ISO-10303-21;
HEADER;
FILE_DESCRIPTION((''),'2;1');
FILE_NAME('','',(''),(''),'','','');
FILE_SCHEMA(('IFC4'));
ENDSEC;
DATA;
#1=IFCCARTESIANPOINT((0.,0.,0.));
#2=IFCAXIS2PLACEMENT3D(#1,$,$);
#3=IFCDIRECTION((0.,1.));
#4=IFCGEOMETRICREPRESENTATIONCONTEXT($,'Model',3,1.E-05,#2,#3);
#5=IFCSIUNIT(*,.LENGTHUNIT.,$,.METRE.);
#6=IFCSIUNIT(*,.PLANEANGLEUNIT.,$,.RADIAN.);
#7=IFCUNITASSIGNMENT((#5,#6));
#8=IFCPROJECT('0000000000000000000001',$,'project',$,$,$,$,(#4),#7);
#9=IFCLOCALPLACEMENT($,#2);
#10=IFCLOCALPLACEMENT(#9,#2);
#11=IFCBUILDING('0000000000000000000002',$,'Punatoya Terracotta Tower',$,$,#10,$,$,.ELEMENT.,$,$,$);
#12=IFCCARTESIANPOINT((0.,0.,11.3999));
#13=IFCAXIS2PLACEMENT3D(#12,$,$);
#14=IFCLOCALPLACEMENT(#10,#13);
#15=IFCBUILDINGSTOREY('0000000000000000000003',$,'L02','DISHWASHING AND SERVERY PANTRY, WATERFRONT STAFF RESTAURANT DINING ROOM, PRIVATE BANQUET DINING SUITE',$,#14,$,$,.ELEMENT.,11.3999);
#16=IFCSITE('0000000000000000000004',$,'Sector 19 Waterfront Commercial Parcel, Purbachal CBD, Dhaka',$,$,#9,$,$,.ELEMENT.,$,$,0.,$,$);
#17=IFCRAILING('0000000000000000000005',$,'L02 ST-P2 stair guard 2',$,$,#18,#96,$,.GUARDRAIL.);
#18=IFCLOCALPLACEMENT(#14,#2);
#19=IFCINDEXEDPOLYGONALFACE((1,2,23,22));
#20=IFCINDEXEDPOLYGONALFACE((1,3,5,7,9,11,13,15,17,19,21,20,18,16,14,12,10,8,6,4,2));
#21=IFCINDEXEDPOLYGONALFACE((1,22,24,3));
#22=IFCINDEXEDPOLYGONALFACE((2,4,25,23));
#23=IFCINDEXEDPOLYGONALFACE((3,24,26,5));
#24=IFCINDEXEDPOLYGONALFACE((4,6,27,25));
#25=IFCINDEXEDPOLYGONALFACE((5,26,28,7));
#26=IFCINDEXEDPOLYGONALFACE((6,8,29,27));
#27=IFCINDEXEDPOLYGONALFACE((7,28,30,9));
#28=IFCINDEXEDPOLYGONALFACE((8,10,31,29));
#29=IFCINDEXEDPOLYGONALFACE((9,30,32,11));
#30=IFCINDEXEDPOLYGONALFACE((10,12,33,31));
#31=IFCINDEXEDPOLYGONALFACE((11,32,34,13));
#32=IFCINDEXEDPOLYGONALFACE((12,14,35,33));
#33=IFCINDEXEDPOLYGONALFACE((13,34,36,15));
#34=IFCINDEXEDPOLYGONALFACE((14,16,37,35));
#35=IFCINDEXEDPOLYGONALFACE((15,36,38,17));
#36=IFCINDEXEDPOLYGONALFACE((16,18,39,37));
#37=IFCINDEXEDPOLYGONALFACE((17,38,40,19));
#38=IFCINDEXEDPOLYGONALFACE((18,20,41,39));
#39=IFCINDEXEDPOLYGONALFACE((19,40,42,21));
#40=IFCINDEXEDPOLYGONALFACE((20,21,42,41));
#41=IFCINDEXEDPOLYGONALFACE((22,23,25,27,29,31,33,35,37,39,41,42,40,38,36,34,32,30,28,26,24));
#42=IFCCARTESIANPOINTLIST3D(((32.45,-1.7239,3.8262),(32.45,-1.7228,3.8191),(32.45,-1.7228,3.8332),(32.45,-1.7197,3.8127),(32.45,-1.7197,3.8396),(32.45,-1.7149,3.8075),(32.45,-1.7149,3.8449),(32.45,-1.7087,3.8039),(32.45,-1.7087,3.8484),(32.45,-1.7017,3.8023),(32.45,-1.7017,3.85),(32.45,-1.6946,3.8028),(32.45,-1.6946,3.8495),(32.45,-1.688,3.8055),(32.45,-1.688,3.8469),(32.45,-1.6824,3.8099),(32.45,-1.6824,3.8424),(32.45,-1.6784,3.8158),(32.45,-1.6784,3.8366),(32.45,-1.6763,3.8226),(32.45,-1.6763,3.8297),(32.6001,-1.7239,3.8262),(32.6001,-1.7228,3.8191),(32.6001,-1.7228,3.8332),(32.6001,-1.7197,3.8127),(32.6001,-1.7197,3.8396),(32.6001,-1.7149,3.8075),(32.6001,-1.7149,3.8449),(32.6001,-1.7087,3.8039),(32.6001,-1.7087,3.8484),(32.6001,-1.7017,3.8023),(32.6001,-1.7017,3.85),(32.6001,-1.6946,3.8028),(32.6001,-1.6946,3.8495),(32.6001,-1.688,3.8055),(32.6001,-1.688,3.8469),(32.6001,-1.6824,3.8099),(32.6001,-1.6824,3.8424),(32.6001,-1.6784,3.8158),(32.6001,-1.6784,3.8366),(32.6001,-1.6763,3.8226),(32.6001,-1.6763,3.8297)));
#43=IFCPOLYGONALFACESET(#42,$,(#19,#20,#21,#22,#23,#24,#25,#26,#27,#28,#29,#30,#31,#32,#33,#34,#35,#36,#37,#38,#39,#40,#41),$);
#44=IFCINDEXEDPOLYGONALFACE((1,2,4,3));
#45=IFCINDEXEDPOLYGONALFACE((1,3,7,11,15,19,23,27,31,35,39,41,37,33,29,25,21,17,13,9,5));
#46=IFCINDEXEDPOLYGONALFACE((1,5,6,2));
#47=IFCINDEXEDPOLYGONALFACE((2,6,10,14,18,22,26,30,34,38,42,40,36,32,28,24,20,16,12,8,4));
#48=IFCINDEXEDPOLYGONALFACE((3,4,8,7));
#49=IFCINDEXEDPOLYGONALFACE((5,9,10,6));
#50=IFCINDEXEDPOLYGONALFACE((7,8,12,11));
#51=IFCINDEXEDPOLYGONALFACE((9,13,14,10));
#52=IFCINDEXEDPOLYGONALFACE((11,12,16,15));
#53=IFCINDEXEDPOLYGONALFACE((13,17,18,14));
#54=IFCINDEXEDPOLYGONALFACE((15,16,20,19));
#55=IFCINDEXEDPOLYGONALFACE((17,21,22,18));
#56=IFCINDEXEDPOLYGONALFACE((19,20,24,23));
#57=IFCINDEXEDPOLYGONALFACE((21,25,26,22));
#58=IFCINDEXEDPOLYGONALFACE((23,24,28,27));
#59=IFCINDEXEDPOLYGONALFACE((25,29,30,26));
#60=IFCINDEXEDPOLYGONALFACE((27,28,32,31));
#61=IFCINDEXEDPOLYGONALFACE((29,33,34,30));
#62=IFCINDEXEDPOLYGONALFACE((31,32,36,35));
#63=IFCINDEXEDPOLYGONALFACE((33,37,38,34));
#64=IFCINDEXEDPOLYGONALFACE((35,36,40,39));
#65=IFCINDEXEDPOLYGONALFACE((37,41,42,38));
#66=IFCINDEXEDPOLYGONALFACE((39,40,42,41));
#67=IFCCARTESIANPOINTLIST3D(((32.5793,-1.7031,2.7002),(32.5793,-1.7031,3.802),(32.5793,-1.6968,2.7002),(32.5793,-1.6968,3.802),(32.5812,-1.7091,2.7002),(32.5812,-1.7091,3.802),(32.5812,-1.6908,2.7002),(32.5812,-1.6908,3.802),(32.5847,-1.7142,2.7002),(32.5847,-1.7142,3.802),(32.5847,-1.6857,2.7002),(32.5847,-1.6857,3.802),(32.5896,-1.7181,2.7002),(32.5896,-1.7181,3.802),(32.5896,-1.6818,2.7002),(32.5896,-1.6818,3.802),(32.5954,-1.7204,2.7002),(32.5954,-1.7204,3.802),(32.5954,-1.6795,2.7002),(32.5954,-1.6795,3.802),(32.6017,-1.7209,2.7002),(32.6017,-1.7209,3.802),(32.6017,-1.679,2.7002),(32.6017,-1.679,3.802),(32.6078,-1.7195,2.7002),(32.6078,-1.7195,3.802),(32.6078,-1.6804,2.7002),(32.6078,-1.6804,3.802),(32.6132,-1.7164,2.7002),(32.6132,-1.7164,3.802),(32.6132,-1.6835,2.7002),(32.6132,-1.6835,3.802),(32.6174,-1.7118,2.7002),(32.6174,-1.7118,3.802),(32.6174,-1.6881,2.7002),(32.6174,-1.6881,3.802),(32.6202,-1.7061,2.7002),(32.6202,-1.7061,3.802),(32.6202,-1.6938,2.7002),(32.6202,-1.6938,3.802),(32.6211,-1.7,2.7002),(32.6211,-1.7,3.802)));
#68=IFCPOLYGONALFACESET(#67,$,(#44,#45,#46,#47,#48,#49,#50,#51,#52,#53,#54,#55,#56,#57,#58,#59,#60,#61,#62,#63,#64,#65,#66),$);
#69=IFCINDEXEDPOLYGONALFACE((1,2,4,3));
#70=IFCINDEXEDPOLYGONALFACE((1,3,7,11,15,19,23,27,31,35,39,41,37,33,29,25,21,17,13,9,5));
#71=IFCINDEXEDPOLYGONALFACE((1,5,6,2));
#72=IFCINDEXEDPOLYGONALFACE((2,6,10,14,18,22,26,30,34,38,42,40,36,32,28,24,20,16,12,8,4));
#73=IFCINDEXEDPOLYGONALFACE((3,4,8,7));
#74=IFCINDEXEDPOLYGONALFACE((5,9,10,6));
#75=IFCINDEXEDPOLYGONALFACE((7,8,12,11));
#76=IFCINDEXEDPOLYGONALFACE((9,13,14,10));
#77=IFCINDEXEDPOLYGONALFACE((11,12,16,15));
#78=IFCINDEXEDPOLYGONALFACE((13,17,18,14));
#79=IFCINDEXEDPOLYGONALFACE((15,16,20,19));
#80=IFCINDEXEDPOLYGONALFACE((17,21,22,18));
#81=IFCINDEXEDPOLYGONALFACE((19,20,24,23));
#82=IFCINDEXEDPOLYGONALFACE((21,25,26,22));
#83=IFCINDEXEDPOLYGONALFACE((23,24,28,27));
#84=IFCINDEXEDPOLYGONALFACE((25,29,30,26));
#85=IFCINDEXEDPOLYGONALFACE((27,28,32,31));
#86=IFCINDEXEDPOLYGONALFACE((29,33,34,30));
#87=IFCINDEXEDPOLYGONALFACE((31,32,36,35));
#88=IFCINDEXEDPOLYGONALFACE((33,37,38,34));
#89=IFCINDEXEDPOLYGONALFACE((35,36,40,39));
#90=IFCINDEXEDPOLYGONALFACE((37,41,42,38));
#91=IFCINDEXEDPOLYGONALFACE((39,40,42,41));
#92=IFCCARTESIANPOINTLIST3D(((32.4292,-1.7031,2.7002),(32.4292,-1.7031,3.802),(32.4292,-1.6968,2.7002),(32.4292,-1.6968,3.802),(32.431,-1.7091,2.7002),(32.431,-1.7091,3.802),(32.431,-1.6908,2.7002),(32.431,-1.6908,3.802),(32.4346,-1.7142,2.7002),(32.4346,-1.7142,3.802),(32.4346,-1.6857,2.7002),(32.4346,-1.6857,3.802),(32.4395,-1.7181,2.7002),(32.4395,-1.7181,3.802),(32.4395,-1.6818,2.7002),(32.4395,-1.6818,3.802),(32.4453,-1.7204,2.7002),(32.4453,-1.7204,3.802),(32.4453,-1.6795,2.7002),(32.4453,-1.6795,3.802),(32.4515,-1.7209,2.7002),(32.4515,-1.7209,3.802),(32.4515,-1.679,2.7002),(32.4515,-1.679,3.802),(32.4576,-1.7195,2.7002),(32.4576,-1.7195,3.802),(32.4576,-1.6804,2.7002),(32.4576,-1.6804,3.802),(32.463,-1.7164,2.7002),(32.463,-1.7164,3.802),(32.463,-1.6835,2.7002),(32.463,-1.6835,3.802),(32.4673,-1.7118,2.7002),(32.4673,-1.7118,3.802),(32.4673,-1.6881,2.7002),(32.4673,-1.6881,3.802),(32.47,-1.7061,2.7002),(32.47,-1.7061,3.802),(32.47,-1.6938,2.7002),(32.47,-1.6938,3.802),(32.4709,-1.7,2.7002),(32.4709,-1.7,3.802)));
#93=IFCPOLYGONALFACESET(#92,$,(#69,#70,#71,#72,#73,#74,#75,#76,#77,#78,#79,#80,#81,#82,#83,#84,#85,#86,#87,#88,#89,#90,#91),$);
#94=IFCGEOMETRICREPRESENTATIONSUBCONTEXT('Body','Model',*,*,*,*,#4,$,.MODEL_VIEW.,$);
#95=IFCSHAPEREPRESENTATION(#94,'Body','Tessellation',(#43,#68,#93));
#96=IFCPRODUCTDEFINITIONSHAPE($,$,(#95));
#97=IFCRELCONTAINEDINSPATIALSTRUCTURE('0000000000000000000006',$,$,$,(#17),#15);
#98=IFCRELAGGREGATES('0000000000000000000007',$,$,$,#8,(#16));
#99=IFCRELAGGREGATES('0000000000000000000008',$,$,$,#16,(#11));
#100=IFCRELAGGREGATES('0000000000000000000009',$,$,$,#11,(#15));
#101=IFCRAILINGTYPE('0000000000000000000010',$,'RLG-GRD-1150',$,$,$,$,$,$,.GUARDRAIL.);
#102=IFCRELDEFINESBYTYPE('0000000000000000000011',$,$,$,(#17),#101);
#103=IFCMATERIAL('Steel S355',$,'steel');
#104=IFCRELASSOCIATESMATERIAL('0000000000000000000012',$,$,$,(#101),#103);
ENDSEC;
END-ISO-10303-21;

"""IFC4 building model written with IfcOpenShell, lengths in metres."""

from ifc_helpers import new_model, si_unit, direction, frame, origin, origin_2d, place, context, subcontext, project, spatial, circle, extrude, material, type_object, element, save


model = new_model("IFC4")

# Units and contexts
model_context = context("Model", 3, precision=1e-05, world=origin(), true_north=direction((0.0, 1.0)))
body_context = subcontext(model_context, "Body", "Model", "MODEL_VIEW")
ifc_project = project(units=[si_unit("LENGTHUNIT", "METRE"), si_unit("PLANEANGLEUNIT", "RADIAN")], contexts=[model_context])

# Site, building, storey
site_placement = place(None, origin())
site = spatial("IfcSite", under=ifc_project, at=site_placement, Name="Sector 19 Waterfront Commercial Parcel, Purbachal CBD, Dhaka", CompositionType="ELEMENT", RefElevation=0.0)
building_placement = place(site_placement, origin())
building = spatial("IfcBuilding", under=site, at=building_placement, Name="Punatoya Terracotta Tower", CompositionType="ELEMENT")
storey_placement = place(building_placement, frame((0.0, 0.0, 11.3999)))
storey = spatial("IfcBuildingStorey", under=building, at=storey_placement, Name="L02", Description="DISHWASHING AND SERVERY PANTRY, WATERFRONT STAFF RESTAURANT DINING ROOM, PRIVATE BANQUET DINING SUITE", CompositionType="ELEMENT", Elevation=11.3999)

# Shared definitions
ifc_material_1 = material(Name="Steel S355", Category="steel")

# Railing
railing_type_1 = type_object("IfcRailingType", Name="RLG-GRD-1150", PredefinedType="GUARDRAIL", material=ifc_material_1)
railing_1_placement = place(storey_placement, frame((32.6001, -1.7, 2.7002)))
element("IfcRailing", 1, at=railing_1_placement, inside=storey, type_object=railing_type_1, Name="L02 ST-P2 stair guard 2", PredefinedType="GUARDRAIL", context=body_context, shape_type="SweptSolid", body=[
    extrude(circle(Radius=0.0239, at=origin_2d()), frame((0.0, 0.0, 1.126), z_axis=(-1.0, 0.0, 0.0), x_axis=(0.0, -1.0, 0.0)), (0.0, 0.0, 1.0), 0.1501),
    extrude(circle(Radius=0.021, at=origin_2d()), origin(), (0.0, 0.0, 1.0), 1.1018),
    extrude(circle(Radius=0.021, at=origin_2d()), frame((-0.1501, 0.0, 0.0)), (0.0, 0.0, 1.0), 1.1018),
])

save(model, "model.ifc")
